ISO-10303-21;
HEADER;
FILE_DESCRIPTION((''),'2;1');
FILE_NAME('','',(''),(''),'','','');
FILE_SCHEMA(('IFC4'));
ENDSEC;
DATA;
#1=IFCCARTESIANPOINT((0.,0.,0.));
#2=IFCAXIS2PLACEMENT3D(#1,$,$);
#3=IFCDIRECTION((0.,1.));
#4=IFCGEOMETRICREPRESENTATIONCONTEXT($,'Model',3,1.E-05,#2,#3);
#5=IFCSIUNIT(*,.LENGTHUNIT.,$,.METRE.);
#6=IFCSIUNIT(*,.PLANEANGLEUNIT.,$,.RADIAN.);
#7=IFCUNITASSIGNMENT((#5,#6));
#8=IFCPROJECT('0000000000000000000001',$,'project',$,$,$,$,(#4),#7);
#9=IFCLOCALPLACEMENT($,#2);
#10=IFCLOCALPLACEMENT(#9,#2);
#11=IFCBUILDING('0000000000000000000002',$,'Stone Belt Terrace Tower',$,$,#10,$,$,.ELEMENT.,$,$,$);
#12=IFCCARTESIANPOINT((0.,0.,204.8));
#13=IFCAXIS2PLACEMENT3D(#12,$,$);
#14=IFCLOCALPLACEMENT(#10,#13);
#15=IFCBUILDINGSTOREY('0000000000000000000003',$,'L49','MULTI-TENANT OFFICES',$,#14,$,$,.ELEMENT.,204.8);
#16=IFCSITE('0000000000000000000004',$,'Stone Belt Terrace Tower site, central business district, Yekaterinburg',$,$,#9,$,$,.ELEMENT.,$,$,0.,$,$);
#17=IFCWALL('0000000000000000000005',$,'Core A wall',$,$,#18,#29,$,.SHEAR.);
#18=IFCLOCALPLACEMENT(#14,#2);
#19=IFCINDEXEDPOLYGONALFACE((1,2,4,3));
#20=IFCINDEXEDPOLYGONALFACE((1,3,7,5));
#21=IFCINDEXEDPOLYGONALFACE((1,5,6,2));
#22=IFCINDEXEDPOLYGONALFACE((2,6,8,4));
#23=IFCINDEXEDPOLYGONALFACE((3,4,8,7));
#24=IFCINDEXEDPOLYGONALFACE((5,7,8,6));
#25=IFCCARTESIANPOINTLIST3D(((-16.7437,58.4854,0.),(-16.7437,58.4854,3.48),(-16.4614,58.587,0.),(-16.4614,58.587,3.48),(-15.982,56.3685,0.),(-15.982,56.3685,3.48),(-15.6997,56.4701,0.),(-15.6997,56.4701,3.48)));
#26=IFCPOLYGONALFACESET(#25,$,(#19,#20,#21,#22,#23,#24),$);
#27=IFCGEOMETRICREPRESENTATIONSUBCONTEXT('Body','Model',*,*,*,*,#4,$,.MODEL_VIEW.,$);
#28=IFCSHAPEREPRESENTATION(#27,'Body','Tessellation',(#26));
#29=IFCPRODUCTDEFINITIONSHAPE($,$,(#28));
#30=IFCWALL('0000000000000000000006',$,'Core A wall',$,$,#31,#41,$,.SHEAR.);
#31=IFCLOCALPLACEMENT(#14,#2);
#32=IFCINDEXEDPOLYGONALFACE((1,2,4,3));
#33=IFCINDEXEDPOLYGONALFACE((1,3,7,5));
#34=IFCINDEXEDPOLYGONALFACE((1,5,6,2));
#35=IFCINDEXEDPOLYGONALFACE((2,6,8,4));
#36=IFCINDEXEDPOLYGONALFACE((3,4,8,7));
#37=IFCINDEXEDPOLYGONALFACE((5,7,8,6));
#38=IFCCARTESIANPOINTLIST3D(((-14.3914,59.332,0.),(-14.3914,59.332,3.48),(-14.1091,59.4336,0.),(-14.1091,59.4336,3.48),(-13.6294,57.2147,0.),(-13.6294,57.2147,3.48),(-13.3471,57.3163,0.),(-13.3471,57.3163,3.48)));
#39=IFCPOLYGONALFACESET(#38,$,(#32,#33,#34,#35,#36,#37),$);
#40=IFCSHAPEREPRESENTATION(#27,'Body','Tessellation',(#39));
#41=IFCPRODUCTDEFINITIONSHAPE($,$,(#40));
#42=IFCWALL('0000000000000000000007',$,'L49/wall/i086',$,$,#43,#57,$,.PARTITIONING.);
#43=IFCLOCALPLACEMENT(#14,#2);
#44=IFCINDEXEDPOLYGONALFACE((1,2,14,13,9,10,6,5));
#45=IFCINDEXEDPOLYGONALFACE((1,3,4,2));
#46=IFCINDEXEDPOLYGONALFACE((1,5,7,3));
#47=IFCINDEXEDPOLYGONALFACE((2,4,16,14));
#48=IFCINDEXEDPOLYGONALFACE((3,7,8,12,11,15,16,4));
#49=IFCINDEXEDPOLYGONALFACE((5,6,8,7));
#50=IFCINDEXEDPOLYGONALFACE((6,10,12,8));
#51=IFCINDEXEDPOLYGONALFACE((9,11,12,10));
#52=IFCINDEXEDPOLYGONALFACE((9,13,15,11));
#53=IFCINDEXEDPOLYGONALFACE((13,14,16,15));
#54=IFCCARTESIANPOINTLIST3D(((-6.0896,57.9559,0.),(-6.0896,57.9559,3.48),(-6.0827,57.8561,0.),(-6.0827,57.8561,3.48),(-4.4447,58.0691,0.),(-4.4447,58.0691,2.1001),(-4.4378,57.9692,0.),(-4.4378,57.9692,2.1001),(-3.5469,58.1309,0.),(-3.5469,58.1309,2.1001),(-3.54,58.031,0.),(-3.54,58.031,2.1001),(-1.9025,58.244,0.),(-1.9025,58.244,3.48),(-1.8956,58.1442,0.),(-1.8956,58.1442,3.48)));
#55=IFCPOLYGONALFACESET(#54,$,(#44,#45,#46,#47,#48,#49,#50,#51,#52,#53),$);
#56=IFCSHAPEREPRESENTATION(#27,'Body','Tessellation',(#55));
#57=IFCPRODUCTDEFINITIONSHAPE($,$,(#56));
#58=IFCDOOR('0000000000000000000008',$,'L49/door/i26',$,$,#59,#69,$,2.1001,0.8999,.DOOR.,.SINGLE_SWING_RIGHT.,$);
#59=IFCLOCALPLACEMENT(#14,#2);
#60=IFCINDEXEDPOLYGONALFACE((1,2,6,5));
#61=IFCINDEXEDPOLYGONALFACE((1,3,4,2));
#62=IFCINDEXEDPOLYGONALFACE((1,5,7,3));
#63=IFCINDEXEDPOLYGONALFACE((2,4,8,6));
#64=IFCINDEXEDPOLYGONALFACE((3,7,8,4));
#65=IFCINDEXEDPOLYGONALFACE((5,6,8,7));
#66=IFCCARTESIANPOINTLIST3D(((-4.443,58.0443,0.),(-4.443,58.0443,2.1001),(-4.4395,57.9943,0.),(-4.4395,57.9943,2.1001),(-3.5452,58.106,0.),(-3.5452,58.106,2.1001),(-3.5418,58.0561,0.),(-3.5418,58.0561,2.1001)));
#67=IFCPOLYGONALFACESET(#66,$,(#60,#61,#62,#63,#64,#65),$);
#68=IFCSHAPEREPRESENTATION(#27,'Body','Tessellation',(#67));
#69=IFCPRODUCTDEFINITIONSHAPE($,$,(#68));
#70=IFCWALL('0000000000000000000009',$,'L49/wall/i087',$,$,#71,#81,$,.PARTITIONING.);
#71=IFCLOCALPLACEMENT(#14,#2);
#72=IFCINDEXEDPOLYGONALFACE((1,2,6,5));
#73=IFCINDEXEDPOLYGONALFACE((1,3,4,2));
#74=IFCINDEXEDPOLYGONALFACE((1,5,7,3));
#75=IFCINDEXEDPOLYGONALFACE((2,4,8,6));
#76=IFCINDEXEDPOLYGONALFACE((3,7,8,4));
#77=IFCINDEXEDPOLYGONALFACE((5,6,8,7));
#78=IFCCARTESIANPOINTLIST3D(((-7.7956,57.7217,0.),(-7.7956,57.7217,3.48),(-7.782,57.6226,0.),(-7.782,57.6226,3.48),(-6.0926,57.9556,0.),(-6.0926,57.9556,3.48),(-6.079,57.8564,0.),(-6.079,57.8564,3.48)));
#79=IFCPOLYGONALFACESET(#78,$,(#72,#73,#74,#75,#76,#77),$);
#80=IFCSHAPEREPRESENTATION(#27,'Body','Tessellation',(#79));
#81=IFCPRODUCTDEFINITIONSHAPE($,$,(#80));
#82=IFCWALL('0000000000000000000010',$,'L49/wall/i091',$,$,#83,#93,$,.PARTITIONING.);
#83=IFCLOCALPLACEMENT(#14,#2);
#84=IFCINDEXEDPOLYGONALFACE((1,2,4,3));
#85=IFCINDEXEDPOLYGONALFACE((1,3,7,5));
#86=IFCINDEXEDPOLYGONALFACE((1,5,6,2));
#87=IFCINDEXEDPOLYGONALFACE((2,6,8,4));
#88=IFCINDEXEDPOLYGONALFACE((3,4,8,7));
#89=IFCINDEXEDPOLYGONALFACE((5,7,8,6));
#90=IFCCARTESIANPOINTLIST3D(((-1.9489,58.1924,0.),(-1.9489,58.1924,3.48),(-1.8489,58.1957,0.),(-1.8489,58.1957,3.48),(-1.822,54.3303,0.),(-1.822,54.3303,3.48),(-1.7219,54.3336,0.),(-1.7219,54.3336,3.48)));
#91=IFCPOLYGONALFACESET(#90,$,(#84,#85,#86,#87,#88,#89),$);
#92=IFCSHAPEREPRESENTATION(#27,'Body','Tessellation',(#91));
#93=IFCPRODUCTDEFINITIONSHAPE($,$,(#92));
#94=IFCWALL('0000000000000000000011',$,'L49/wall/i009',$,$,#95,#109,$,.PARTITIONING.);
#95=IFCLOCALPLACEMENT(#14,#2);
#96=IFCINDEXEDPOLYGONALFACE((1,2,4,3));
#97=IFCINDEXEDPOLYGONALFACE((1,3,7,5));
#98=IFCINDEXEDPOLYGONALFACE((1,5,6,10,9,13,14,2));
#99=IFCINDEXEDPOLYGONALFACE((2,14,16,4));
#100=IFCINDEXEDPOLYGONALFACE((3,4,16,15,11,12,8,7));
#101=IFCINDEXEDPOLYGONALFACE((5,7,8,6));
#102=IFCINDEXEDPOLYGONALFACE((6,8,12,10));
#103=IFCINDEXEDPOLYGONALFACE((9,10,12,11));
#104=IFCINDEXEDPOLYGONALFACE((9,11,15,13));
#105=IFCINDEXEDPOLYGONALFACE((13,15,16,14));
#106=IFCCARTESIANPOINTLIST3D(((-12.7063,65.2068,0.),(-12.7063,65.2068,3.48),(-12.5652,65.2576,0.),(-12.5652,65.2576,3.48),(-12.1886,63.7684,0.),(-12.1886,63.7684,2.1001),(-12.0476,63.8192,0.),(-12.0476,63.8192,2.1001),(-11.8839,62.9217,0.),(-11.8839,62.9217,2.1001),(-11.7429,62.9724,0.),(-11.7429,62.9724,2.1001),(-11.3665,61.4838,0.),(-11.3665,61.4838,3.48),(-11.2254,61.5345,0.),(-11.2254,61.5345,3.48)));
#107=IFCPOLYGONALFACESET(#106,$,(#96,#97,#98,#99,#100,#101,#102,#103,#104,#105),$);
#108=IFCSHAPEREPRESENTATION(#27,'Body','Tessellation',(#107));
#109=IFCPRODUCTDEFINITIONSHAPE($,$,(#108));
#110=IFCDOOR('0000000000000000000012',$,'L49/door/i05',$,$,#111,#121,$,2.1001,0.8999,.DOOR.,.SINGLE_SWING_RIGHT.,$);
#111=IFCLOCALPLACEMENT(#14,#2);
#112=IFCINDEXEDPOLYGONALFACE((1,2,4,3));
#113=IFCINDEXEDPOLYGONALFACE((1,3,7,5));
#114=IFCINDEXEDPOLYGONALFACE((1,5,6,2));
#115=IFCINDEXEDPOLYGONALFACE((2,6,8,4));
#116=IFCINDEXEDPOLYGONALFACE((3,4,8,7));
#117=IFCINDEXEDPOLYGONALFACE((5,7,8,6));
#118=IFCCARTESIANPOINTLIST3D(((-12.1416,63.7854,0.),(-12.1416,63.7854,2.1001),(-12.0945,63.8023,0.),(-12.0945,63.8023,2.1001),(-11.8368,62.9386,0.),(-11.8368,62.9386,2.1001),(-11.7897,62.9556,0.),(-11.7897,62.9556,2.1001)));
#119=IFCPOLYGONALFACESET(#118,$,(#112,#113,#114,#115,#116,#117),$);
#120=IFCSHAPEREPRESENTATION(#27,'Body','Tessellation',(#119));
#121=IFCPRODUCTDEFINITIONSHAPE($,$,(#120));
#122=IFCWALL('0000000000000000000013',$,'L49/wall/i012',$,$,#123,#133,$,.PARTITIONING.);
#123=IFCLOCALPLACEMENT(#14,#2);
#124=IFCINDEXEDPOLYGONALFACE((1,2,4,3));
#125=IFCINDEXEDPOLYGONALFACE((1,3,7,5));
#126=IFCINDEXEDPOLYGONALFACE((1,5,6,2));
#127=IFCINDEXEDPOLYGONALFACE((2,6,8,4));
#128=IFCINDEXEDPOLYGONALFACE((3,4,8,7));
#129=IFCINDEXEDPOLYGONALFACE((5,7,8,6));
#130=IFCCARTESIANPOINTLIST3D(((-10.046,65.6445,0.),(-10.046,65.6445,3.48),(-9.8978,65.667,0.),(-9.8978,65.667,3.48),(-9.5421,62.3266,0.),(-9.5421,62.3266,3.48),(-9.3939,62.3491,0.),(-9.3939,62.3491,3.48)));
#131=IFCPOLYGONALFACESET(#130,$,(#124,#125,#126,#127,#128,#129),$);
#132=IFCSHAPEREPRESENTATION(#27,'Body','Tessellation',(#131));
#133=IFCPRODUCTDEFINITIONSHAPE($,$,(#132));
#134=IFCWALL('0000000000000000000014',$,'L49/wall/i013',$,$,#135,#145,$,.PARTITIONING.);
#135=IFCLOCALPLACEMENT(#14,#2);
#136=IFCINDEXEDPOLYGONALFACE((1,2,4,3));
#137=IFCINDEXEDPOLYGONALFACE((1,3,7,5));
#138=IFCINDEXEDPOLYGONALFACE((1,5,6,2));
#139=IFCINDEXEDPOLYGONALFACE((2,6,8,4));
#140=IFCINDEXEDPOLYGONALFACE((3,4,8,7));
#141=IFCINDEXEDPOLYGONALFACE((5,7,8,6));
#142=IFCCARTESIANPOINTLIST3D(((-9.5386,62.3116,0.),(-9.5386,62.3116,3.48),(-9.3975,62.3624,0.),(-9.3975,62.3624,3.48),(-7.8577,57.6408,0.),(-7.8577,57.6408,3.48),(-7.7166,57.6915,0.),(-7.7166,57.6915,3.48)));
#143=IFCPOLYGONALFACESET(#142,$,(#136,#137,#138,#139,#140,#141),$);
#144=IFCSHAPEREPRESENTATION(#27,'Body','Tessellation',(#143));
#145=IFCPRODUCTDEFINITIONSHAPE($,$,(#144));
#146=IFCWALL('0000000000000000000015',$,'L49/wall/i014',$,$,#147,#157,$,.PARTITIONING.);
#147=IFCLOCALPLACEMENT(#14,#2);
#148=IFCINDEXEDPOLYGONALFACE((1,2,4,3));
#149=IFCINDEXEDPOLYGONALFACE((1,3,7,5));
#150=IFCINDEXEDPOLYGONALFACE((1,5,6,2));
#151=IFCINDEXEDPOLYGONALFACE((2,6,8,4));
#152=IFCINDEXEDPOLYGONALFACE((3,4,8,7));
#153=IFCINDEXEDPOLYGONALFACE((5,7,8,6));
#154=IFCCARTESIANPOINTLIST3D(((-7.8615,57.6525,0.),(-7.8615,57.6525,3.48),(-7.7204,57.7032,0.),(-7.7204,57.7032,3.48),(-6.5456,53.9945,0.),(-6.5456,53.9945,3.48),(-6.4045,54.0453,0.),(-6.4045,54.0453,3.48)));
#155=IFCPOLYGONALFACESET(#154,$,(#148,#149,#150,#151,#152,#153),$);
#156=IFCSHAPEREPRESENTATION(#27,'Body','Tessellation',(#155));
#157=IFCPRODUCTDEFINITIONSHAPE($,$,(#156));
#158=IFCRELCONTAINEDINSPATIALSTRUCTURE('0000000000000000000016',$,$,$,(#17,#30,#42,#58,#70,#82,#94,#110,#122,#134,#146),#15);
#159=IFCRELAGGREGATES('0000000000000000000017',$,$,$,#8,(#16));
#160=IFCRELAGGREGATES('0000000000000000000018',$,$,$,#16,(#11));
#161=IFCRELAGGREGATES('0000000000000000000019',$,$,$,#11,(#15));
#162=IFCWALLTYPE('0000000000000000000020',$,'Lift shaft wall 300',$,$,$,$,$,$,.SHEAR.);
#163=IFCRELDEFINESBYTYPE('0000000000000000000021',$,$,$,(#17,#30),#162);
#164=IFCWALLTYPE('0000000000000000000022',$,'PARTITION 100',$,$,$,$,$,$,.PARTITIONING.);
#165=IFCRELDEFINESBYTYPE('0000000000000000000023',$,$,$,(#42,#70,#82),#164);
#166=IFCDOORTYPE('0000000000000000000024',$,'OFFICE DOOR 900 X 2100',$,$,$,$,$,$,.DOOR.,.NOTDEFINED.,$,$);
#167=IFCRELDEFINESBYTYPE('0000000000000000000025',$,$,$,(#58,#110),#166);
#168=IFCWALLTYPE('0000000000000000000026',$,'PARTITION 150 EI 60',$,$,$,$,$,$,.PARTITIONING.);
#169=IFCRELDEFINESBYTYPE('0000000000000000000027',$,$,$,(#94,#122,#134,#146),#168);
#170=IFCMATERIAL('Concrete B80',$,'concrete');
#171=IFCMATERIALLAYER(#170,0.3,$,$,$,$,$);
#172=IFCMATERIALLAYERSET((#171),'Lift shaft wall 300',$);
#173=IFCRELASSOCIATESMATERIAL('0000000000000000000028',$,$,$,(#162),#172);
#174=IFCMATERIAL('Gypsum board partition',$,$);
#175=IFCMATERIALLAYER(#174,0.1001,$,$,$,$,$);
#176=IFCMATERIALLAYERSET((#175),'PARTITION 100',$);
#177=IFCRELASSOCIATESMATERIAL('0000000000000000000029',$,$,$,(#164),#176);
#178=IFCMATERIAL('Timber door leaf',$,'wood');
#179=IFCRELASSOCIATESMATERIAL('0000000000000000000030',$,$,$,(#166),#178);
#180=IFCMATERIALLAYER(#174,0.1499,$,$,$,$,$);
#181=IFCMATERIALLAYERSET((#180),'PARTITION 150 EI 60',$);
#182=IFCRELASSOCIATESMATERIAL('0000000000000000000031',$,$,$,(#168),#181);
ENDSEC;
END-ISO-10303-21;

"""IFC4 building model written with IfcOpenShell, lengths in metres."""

from ifc_helpers import new_model, si_unit, direction, frame, frame_2d, origin, place, context, subcontext, project, spatial, rectangle, extrude, material, layer, layer_set, type_object, element, fill, save


model = new_model("IFC4")

# Units and contexts
model_context = context("Model", 3, precision=1e-05, world=origin(), true_north=direction((0.0, 1.0)))
body_context = subcontext(model_context, "Body", "Model", "MODEL_VIEW")
ifc_project = project(units=[si_unit("LENGTHUNIT", "METRE"), si_unit("PLANEANGLEUNIT", "RADIAN")], contexts=[model_context])

# Site, building, storey
site_placement = place(None, origin())
site = spatial("IfcSite", under=ifc_project, at=site_placement, Name="Stone Belt Terrace Tower site, central business district, Yekaterinburg", CompositionType="ELEMENT", RefElevation=0.0)
building_placement = place(site_placement, origin())
building = spatial("IfcBuilding", under=site, at=building_placement, Name="Stone Belt Terrace Tower", CompositionType="ELEMENT")
storey_placement = place(building_placement, frame((0.0, 0.0, 204.8)))
storey = spatial("IfcBuildingStorey", under=building, at=storey_placement, Name="L49", Description="MULTI-TENANT OFFICES", CompositionType="ELEMENT", Elevation=204.8)

# Shared definitions
ifc_material_1 = material(Name="Timber door leaf", Category="wood")

# Walls
ifc_material_2 = material(Name="Concrete B80", Category="concrete")
ifc_layer_1 = layer(ifc_material_2, 0.3)
ifc_layer_set_1 = layer_set([ifc_layer_1], Name="Lift shaft wall 300")
wall_type_1 = type_object("IfcWallType", Name="Lift shaft wall 300", PredefinedType="SHEAR", material=ifc_layer_set_1)
wall_1_placement = place(storey_placement, frame((-15.8408, 56.4192, 0.0), z_axis=(0.0, 0.0, 1.0), x_axis=(-0.33857, 0.940941, 0.0)))
element("IfcWall", 1, at=wall_1_placement, inside=storey, type_object=wall_type_1, Name="Core A wall", PredefinedType="SHEAR", context=body_context, shape_type="SweptSolid", body=[
    extrude(rectangle(XDim=2.2498, YDim=0.3, at=frame_2d((1.125, 0.0))), origin(), (0.0, 0.0, 1.0), 3.48),
])
wall_2_placement = place(storey_placement, frame((-13.4883, 57.2656, 0.0), z_axis=(0.0, 0.0, 1.0), x_axis=(-0.338631, 0.940919, 0.0)))
element("IfcWall", 2, at=wall_2_placement, inside=storey, type_object=wall_type_1, Name="Core A wall", PredefinedType="SHEAR", context=body_context, shape_type="SweptSolid", body=[
    extrude(rectangle(XDim=2.2502, YDim=0.3, at=frame_2d((1.125, 0.0))), origin(), (0.0, 0.0, 1.0), 3.48),
])

# Wall, opening, door
ifc_material_3 = material(Name="Gypsum board partition")
ifc_layer_2 = layer(ifc_material_3, 0.1001)
ifc_layer_set_2 = layer_set([ifc_layer_2], Name="PARTITION 100")
wall_type_2 = type_object("IfcWallType", Name="PARTITION 100", PredefinedType="PARTITIONING", material=ifc_layer_set_2)
wall_3_placement = place(storey_placement, frame((-1.8989, 58.1941, 0.0), z_axis=(0.0, 0.0, 1.0), x_axis=(-0.997641, -0.068642, 0.0)))
wall_3 = element("IfcWall", 3, at=wall_3_placement, inside=storey, type_object=wall_type_2, Name="L49/wall/i086", PredefinedType="PARTITIONING", context=body_context, shape_type="SweptSolid", body=[
    extrude(rectangle(XDim=4.197, YDim=0.1001, at=frame_2d((2.0986, 0.0))), origin(), (0.0, 0.0, 1.0), 3.48),
])
opening_1_placement = place(wall_3_placement, frame((1.6484, 0.0, 0.0)))
opening_1 = element("IfcOpeningElement", 4, at=opening_1_placement, cuts=wall_3, PredefinedType="OPENING", context=body_context, shape_type="SweptSolid", body=[
    extrude(rectangle(XDim=0.8999, YDim=2.1001, at=frame_2d((0.45, 1.05))), frame((0.0, 0.0601, 0.0), z_axis=(0.0, -1.0, 0.0), x_axis=(1.0, 0.0, 0.0)), (0.0, 0.0, 1.0), 0.1201),
])
door_type_1 = type_object("IfcDoorType", Name="OFFICE DOOR 900 X 2100", OperationType="NOTDEFINED", PredefinedType="DOOR", material=ifc_material_1)
door_1_placement = place(opening_1_placement, origin())
door_1 = element("IfcDoor", 5, at=door_1_placement, inside=storey, type_object=door_type_1, Name="L49/door/i26", OperationType="SINGLE_SWING_RIGHT", OverallHeight=2.1001, OverallWidth=0.8999, PredefinedType="DOOR", context=body_context, shape_type="SweptSolid", body=[
    extrude(rectangle(XDim=0.8999, YDim=2.1001, at=frame_2d((0.45, 1.05))), frame((0.0, 0.0249, 0.0), z_axis=(0.0, -1.0, 0.0), x_axis=(1.0, 0.0, 0.0)), (0.0, 0.0, 1.0), 0.05),
])
fill(opening_1, door_1)

# Walls
wall_4_placement = place(storey_placement, frame((-6.0859, 57.906, 0.0), z_axis=(0.0, 0.0, 1.0), x_axis=(-0.990702, -0.136051, 0.0)))
element("IfcWall", 6, at=wall_4_placement, inside=storey, type_object=wall_type_2, Name="L49/wall/i087", PredefinedType="PARTITIONING", context=body_context, shape_type="SweptSolid", body=[
    extrude(rectangle(XDim=1.719, YDim=0.1001, at=frame_2d((0.8594, 0.0))), origin(), (0.0, 0.0, 1.0), 3.48),
])
wall_5_placement = place(storey_placement, frame((-1.8989, 58.1941, 0.0), z_axis=(0.0, 0.0, 1.0), x_axis=(0.032854, -0.99946, 0.0)))
element("IfcWall", 7, at=wall_5_placement, inside=storey, type_object=wall_type_2, Name="L49/wall/i091", PredefinedType="PARTITIONING", context=body_context, shape_type="SweptSolid", body=[
    extrude(rectangle(XDim=3.8643, YDim=0.1001, at=frame_2d((1.9321, 0.0))), origin(), (0.0, 0.0, 1.0), 3.48),
])

# Wall, opening, door
ifc_layer_3 = layer(ifc_material_3, 0.1499)
ifc_layer_set_3 = layer_set([ifc_layer_3], Name="PARTITION 150 EI 60")
wall_type_3 = type_object("IfcWallType", Name="PARTITION 150 EI 60", PredefinedType="PARTITIONING", material=ifc_layer_set_3)
wall_6_placement = place(storey_placement, frame((-11.2959, 61.509, 0.0), z_axis=(0.0, 0.0, 1.0), x_axis=(-0.33861, 0.940927, 0.0)))
wall_6 = element("IfcWall", 8, at=wall_6_placement, inside=storey, type_object=wall_type_3, Name="L49/wall/i009", PredefinedType="PARTITIONING", context=body_context, shape_type="SweptSolid", body=[
    extrude(rectangle(XDim=3.9568, YDim=0.1499, at=frame_2d((1.9785, 0.0))), origin(), (0.0, 0.0, 1.0), 3.48),
])
opening_2_placement = place(wall_6_placement, frame((1.5283, 0.0, 0.0)))
opening_2 = element("IfcOpeningElement", 9, at=opening_2_placement, cuts=wall_6, PredefinedType="OPENING", context=body_context, shape_type="SweptSolid", body=[
    extrude(rectangle(XDim=0.8999, YDim=2.1001, at=frame_2d((0.45, 1.05))), frame((0.0, 0.085, 0.0), z_axis=(0.0, -1.0, 0.0), x_axis=(1.0, 0.0, 0.0)), (0.0, 0.0, 1.0), 0.1699),
])
door_2_placement = place(opening_2_placement, origin())
door_2 = element("IfcDoor", 10, at=door_2_placement, inside=storey, type_object=door_type_1, Name="L49/door/i05", OperationType="SINGLE_SWING_RIGHT", OverallHeight=2.1001, OverallWidth=0.8999, PredefinedType="DOOR", context=body_context, shape_type="SweptSolid", body=[
    extrude(rectangle(XDim=0.8999, YDim=2.1001, at=frame_2d((0.45, 1.05))), frame((0.0, 0.0249, 0.0), z_axis=(0.0, -1.0, 0.0), x_axis=(1.0, 0.0, 0.0)), (0.0, 0.0, 1.0), 0.05),
])
fill(opening_2, door_2)

# Walls
wall_7_placement = place(storey_placement, frame((-9.9719, 65.6558, 0.0), z_axis=(0.0, 0.0, 1.0), x_axis=(0.150154, -0.988663, 0.0)))
element("IfcWall", 11, at=wall_7_placement, inside=storey, type_object=wall_type_3, Name="L49/wall/i012", PredefinedType="PARTITIONING", context=body_context, shape_type="SweptSolid", body=[
    extrude(rectangle(XDim=3.356, YDim=0.1499, at=frame_2d((1.678, 0.0))), origin(), (0.0, 0.0, 1.0), 3.48),
])
wall_8_placement = place(storey_placement, frame((-9.468, 62.3369, 0.0), z_axis=(0.0, 0.0, 1.0), x_axis=(0.33861, -0.940927, 0.0)))
element("IfcWall", 12, at=wall_8_placement, inside=storey, type_object=wall_type_3, Name="L49/wall/i013", PredefinedType="PARTITIONING", context=body_context, shape_type="SweptSolid", body=[
    extrude(rectangle(XDim=4.9641, YDim=0.1499, at=frame_2d((2.4819, 0.0))), origin(), (0.0, 0.0, 1.0), 3.48),
])
wall_9_placement = place(storey_placement, frame((-7.791, 57.678, 0.0), z_axis=(0.0, 0.0, 1.0), x_axis=(0.338504, -0.940965, 0.0)))
element("IfcWall", 13, at=wall_9_placement, inside=storey, type_object=wall_type_3, Name="L49/wall/i014", PredefinedType="PARTITIONING", context=body_context, shape_type="SweptSolid", body=[
    extrude(rectangle(XDim=3.8875, YDim=0.1499, at=frame_2d((1.9438, 0.0))), origin(), (0.0, 0.0, 1.0), 3.48),
])

save(model, "model.ifc")
